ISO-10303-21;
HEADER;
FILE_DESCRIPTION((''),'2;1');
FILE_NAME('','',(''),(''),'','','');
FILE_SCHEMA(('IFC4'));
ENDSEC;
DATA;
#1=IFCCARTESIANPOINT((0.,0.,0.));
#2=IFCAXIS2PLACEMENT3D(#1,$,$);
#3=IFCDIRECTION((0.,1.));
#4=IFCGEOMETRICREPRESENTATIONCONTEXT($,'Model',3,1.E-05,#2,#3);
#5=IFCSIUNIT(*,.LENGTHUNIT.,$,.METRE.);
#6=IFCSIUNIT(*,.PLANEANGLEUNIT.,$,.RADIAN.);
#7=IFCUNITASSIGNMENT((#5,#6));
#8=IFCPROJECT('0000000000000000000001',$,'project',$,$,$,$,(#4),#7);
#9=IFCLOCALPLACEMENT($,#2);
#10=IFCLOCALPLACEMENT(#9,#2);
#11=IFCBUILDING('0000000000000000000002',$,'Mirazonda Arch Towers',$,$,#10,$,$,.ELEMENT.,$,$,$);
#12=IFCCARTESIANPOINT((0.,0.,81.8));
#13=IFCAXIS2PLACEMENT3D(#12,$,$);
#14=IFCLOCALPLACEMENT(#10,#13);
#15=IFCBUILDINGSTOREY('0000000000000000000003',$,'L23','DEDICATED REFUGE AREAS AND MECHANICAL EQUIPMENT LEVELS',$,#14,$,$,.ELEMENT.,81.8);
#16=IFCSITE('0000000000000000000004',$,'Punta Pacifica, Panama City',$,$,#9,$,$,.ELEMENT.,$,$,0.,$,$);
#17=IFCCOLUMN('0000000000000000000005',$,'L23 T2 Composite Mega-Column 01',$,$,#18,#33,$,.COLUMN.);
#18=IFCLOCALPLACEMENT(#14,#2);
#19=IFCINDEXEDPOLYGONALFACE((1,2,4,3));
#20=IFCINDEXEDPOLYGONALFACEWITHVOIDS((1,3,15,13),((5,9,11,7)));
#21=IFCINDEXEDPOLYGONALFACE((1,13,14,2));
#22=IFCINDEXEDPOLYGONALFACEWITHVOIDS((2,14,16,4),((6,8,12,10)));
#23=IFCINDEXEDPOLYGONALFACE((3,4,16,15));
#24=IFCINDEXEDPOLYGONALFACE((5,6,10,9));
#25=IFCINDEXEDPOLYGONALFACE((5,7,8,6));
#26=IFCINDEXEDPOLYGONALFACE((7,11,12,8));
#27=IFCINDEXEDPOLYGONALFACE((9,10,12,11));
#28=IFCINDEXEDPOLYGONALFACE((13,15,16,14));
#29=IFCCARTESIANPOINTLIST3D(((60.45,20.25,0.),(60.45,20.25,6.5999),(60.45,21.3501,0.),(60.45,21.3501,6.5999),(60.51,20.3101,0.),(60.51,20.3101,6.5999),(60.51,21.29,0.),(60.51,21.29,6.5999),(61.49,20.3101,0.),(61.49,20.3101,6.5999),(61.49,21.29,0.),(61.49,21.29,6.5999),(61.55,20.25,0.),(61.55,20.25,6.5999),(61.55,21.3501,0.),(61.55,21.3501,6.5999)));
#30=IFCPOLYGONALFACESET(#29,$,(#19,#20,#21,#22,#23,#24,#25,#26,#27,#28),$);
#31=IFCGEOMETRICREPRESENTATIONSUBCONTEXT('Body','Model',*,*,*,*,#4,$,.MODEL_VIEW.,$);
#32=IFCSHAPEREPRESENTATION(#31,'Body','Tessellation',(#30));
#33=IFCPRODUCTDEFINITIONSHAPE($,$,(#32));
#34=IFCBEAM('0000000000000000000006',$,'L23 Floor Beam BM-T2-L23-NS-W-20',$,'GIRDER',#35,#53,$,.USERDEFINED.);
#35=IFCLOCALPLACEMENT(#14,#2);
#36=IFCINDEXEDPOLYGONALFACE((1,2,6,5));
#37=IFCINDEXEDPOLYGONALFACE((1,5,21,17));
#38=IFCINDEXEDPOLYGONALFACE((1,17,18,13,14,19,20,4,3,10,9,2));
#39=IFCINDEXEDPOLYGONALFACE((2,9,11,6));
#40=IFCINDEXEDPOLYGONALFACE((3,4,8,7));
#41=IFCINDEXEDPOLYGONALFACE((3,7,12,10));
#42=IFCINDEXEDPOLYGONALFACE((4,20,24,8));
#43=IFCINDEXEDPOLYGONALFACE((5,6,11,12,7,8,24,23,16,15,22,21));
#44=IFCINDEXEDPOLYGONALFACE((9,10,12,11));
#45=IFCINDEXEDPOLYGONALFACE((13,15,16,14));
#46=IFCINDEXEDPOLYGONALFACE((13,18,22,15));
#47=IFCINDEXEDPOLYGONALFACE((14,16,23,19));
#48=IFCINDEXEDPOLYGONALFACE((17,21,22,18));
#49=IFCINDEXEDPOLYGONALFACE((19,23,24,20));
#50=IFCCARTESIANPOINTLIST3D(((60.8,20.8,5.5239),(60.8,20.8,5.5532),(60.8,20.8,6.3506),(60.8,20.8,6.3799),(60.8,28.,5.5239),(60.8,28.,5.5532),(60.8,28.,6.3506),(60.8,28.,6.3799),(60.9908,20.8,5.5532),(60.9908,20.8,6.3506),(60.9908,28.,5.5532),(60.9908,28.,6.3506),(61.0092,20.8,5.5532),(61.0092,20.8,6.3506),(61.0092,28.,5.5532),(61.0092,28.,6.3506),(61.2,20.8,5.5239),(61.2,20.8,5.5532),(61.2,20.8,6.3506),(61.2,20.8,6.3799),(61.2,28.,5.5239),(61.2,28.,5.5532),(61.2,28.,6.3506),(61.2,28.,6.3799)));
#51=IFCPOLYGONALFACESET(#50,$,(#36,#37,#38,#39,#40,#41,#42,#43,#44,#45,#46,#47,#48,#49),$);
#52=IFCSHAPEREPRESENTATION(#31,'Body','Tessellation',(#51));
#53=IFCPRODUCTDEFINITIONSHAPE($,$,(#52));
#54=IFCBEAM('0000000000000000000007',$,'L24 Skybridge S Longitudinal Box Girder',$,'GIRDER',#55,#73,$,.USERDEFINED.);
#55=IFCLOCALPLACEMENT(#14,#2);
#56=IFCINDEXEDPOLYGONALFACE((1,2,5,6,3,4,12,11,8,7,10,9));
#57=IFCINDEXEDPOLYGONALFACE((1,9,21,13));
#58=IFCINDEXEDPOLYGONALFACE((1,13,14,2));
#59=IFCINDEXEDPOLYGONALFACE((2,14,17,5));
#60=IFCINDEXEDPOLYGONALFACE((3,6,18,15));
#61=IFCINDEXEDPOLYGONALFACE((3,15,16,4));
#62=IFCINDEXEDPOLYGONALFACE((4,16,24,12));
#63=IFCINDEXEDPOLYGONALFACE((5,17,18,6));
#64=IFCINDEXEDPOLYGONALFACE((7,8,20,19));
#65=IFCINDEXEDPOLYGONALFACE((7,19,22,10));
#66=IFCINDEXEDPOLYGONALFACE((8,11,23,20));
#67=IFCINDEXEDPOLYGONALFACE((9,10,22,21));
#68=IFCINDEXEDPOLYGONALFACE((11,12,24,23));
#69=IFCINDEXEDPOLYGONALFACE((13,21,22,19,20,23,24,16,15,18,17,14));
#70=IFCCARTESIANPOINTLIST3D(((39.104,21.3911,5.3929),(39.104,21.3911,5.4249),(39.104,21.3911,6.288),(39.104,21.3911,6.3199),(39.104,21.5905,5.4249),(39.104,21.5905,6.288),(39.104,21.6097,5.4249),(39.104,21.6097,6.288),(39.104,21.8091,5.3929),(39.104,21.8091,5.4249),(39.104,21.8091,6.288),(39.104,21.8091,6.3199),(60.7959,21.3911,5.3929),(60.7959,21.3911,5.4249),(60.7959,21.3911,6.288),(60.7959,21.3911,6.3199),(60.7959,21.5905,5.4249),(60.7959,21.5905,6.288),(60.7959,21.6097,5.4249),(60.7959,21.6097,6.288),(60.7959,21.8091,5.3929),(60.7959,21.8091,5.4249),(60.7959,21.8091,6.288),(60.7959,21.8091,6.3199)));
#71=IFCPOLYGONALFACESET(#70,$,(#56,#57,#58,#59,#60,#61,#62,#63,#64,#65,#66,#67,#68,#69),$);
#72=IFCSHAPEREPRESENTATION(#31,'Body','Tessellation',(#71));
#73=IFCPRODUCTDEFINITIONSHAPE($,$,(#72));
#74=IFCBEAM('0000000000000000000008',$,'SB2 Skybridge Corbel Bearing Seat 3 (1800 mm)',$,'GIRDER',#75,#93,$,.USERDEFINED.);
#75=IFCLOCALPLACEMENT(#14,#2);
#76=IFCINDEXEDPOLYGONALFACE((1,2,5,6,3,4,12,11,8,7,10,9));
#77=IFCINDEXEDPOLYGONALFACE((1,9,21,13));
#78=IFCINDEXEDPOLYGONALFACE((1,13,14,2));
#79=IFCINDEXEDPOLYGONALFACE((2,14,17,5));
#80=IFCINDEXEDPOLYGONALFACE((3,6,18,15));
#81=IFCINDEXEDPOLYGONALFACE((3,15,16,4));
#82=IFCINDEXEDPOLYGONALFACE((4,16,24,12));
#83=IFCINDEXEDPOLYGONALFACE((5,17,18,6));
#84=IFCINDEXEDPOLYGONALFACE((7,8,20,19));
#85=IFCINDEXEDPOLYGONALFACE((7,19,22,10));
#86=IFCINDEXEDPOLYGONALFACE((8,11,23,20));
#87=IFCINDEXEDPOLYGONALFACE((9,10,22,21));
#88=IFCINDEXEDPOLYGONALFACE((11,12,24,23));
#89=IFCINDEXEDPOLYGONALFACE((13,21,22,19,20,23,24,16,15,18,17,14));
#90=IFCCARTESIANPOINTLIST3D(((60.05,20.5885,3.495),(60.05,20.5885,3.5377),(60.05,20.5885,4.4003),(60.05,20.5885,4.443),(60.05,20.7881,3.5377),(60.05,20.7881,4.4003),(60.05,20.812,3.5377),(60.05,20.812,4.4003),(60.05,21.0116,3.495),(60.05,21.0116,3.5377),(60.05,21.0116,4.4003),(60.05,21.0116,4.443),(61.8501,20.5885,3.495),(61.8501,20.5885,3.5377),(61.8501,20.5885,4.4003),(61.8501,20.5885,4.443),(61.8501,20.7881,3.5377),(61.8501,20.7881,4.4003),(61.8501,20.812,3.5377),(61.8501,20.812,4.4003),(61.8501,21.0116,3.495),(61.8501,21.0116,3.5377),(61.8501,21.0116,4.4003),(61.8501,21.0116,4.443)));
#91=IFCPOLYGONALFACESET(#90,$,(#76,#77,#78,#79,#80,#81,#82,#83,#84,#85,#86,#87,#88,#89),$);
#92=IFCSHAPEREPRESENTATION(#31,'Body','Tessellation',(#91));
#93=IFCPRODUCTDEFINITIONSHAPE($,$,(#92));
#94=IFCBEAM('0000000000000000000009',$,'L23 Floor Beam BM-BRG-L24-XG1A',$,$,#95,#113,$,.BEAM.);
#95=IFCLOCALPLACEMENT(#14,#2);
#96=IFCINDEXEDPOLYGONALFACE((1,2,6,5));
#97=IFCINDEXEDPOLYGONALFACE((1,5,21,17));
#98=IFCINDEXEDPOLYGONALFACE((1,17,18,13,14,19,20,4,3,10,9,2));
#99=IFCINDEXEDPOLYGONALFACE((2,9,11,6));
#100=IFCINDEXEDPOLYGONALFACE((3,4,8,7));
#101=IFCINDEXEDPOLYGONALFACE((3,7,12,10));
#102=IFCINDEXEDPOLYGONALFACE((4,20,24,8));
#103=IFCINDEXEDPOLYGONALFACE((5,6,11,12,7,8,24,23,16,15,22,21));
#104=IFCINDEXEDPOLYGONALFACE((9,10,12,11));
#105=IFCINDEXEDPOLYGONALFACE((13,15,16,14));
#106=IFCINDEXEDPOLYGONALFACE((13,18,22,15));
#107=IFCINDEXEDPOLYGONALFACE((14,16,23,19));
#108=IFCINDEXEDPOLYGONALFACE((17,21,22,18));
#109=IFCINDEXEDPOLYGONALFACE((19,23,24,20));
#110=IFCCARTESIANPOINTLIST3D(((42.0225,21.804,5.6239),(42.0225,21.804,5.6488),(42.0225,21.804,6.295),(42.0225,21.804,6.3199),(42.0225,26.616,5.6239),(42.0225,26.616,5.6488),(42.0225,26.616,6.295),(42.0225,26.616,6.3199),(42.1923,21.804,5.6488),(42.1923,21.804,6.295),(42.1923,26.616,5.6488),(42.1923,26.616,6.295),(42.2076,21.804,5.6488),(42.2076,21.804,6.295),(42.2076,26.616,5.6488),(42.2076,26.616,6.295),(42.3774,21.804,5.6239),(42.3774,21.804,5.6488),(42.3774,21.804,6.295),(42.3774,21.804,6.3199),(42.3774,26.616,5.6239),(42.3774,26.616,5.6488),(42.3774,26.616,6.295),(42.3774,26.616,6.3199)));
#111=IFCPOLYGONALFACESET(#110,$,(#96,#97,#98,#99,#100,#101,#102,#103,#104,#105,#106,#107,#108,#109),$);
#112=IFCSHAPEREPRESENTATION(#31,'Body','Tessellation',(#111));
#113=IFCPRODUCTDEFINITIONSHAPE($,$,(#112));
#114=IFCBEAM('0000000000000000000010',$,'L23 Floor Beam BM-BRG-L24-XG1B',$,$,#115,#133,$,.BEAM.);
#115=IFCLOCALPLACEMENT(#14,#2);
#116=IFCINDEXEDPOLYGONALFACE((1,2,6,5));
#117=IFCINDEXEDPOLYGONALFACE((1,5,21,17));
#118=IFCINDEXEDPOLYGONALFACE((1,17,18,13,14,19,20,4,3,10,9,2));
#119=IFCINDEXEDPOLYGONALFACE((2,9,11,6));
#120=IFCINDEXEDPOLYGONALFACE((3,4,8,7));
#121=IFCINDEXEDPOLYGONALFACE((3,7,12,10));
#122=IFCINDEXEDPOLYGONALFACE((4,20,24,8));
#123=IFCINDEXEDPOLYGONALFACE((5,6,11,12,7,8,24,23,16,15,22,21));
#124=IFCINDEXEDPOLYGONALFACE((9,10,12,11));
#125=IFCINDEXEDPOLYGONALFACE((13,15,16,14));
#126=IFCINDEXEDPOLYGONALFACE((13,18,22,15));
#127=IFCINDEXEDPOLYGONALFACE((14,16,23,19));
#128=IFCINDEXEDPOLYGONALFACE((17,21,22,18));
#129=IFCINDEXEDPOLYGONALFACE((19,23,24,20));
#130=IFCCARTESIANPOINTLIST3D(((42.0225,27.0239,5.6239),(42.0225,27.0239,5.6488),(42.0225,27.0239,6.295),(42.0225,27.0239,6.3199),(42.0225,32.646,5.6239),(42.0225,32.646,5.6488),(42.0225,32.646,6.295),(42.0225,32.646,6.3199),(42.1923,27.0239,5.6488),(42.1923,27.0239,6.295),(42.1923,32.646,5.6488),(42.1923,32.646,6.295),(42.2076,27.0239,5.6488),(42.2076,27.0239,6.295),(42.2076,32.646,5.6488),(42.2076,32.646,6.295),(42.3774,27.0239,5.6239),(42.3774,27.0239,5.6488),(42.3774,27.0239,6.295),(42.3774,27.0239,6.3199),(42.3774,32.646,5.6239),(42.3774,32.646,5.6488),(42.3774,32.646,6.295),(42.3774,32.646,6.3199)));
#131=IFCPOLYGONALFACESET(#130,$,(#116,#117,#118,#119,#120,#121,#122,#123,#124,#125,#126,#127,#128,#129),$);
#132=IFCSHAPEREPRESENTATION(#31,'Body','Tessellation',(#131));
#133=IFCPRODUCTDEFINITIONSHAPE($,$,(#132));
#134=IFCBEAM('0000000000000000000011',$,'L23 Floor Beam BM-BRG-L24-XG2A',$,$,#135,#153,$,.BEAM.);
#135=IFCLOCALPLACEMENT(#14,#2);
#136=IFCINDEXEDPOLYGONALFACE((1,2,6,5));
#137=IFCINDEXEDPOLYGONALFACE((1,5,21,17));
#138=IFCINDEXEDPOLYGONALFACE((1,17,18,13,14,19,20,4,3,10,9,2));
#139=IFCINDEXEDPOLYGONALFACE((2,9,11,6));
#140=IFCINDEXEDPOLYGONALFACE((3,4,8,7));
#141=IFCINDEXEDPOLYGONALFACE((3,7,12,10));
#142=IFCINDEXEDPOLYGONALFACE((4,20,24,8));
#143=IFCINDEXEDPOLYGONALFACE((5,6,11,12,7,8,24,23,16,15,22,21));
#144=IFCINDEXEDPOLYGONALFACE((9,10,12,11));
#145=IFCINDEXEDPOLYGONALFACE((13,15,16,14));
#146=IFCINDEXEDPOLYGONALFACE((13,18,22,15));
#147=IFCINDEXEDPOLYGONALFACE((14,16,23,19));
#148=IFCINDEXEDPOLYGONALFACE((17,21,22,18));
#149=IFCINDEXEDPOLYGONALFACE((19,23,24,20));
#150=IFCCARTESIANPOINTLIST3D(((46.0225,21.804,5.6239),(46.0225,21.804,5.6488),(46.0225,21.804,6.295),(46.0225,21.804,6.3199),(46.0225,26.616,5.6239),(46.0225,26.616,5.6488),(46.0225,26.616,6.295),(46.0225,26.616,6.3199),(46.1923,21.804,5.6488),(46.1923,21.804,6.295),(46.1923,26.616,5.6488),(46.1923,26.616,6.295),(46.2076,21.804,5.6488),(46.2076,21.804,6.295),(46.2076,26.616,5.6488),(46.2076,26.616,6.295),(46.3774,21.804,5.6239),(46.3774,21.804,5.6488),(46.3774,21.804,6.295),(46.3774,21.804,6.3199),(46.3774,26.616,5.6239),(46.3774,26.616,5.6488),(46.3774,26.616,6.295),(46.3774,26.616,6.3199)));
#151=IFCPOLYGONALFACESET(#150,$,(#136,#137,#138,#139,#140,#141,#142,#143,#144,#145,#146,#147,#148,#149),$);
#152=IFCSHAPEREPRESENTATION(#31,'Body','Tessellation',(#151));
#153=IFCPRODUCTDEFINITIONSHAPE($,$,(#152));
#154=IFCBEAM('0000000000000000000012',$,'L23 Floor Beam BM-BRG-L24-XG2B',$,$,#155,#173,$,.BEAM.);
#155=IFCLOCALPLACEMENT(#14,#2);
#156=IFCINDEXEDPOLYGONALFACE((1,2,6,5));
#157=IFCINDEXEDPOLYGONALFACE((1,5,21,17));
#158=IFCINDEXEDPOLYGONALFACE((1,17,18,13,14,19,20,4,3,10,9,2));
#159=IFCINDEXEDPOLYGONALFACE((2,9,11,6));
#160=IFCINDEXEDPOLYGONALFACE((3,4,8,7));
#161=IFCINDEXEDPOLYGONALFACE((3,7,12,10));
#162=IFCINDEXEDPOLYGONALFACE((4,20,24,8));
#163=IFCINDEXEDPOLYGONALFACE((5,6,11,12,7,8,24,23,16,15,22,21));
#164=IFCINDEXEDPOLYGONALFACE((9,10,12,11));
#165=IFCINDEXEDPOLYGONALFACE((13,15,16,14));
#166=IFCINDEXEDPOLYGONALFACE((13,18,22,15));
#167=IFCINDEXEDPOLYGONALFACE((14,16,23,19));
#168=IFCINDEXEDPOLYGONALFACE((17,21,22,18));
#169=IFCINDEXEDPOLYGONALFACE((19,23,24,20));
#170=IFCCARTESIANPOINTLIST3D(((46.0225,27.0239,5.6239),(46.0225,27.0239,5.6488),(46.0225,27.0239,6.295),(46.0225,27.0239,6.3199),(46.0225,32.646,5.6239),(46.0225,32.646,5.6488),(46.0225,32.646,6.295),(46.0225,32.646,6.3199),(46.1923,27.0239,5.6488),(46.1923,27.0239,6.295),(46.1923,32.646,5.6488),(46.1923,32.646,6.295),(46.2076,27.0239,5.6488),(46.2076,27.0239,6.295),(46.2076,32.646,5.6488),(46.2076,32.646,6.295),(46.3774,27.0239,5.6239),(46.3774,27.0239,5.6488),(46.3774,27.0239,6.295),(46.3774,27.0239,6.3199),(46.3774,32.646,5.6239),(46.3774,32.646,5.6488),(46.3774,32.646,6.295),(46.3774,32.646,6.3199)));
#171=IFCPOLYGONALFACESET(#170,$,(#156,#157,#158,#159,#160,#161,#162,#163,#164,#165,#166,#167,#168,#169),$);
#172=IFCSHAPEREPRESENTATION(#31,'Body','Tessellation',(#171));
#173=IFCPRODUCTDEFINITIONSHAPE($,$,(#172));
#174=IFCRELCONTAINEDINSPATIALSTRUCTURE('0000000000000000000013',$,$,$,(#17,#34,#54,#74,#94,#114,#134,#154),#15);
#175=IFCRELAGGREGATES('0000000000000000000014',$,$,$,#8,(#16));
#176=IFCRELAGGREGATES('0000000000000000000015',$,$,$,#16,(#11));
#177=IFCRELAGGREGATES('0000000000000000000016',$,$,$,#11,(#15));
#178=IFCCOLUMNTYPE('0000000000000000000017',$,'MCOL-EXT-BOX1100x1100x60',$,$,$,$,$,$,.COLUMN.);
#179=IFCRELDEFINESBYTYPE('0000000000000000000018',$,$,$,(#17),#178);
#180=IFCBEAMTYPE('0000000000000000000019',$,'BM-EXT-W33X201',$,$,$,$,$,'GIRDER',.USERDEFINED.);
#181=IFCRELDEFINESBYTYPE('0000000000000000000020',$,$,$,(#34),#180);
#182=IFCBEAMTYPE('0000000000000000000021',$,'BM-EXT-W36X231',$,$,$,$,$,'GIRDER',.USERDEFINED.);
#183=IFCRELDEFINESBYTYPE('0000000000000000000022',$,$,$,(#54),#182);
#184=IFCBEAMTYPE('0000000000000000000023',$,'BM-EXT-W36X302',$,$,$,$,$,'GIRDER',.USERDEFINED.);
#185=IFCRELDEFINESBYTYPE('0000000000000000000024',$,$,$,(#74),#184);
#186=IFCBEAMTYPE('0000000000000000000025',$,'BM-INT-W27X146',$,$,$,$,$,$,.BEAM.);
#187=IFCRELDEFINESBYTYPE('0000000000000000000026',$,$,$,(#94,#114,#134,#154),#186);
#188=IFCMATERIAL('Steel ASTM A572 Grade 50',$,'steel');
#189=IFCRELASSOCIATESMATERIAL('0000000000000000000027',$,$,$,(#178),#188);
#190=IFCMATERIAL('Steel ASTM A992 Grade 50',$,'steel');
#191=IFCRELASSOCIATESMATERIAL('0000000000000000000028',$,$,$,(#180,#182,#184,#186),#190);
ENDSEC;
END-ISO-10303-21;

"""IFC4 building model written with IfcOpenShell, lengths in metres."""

from ifc_helpers import new_model, si_unit, direction, frame, origin, origin_2d, place, context, subcontext, project, spatial, hollow_rectangle, i_section, extrude, material, material_profile, profile_set, type_object, element, save


model = new_model("IFC4")

# Units and contexts
model_context = context("Model", 3, precision=1e-05, world=origin(), true_north=direction((0.0, 1.0)))
body_context = subcontext(model_context, "Body", "Model", "MODEL_VIEW")
ifc_project = project(units=[si_unit("LENGTHUNIT", "METRE"), si_unit("PLANEANGLEUNIT", "RADIAN")], contexts=[model_context])

# Site, building, storey
site_placement = place(None, origin())
site = spatial("IfcSite", under=ifc_project, at=site_placement, Name="Punta Pacifica, Panama City", CompositionType="ELEMENT", RefElevation=0.0)
building_placement = place(site_placement, origin())
building = spatial("IfcBuilding", under=site, at=building_placement, Name="Mirazonda Arch Towers", CompositionType="ELEMENT")
storey_placement = place(building_placement, frame((0.0, 0.0, 81.8)))
storey = spatial("IfcBuildingStorey", under=building, at=storey_placement, Name="L23", Description="DEDICATED REFUGE AREAS AND MECHANICAL EQUIPMENT LEVELS", CompositionType="ELEMENT", Elevation=81.8)

# Column
ifc_material_1 = material(Name="Steel ASTM A572 Grade 50", Category="steel")
ifc_material_profile_1 = material_profile(ifc_material_1, hollow_rectangle(XDim=1.1001, YDim=1.1001, WallThickness=0.0601, at=origin_2d()), Name="BOX1100x1100x60")
ifc_profile_set_1 = profile_set([ifc_material_profile_1], Name="Steel ASTM A572 Grade 50")
column_type = type_object("IfcColumnType", Name="MCOL-EXT-BOX1100x1100x60", PredefinedType="COLUMN", material=ifc_profile_set_1)
column_placement = place(storey_placement, frame((61.0, 20.8, 0.0), z_axis=(0.0, 0.0, 1.0), x_axis=(1.0, 0.0, 0.0)))
element("IfcColumn", 1, at=column_placement, inside=storey, type_object=column_type, Name="L23 T2 Composite Mega-Column 01", PredefinedType="COLUMN", context=body_context, shape_type="SweptSolid", body=[
    extrude(hollow_rectangle(XDim=1.1001, YDim=1.1001, WallThickness=0.0601, at=origin_2d()), origin(), (0.0, 0.0, 1.0), 6.5999),
])

# Beams
ifc_material_2 = material(Name="Steel ASTM A992 Grade 50", Category="steel")
ifc_material_profile_2 = material_profile(ifc_material_2, i_section(OverallWidth=0.3999, OverallDepth=0.856, WebThickness=0.0183, FlangeThickness=0.0293, at=origin_2d()), Name="W33X201")
ifc_profile_set_2 = profile_set([ifc_material_profile_2], Name="Steel ASTM A992 Grade 50")
beam_type_1 = type_object("IfcBeamType", Name="BM-EXT-W33X201", ElementType="GIRDER", PredefinedType="USERDEFINED", material=ifc_profile_set_2)
beam_1_placement = place(storey_placement, frame((61.0, 20.8, 5.9519), z_axis=(0.0, 1.0, 0.0), x_axis=(-1.0, 0.0, 0.0)))
element("IfcBeam", 2, at=beam_1_placement, inside=storey, type_object=beam_type_1, Name="L23 Floor Beam BM-T2-L23-NS-W-20", ObjectType="GIRDER", PredefinedType="USERDEFINED", context=body_context, shape_type="SweptSolid", body=[
    extrude(i_section(OverallWidth=0.3999, OverallDepth=0.856, WebThickness=0.0183, FlangeThickness=0.0293, at=origin_2d()), origin(), (0.0, 0.0, 1.0), 7.2),
])
ifc_material_profile_3 = material_profile(ifc_material_2, i_section(OverallWidth=0.418, OverallDepth=0.927, WebThickness=0.0193, FlangeThickness=0.032, at=origin_2d()), Name="W36X231")
ifc_profile_set_3 = profile_set([ifc_material_profile_3], Name="Steel ASTM A992 Grade 50")
beam_type_2 = type_object("IfcBeamType", Name="BM-EXT-W36X231", ElementType="GIRDER", PredefinedType="USERDEFINED", material=ifc_profile_set_3)
beam_2_placement = place(storey_placement, frame((39.104, 21.6001, 5.8564), z_axis=(1.0, 0.0, 0.0), x_axis=(0.0, 1.0, 0.0)))
element("IfcBeam", 3, at=beam_2_placement, inside=storey, type_object=beam_type_2, Name="L24 Skybridge S Longitudinal Box Girder", ObjectType="GIRDER", PredefinedType="USERDEFINED", context=body_context, shape_type="SweptSolid", body=[
    extrude(i_section(OverallWidth=0.418, OverallDepth=0.927, WebThickness=0.0193, FlangeThickness=0.032, at=origin_2d()), origin(), (0.0, 0.0, 1.0), 21.6919),
])
ifc_material_profile_4 = material_profile(ifc_material_2, i_section(OverallWidth=0.4231, OverallDepth=0.948, WebThickness=0.0239, FlangeThickness=0.0427, at=origin_2d()), Name="W36X302")
ifc_profile_set_4 = profile_set([ifc_material_profile_4], Name="Steel ASTM A992 Grade 50")
beam_type_3 = type_object("IfcBeamType", Name="BM-EXT-W36X302", ElementType="GIRDER", PredefinedType="USERDEFINED", material=ifc_profile_set_4)
beam_3_placement = place(storey_placement, frame((60.05, 20.8, 3.969), z_axis=(1.0, 0.0, 0.0), x_axis=(0.0, 1.0, 0.0)))
element("IfcBeam", 4, at=beam_3_placement, inside=storey, type_object=beam_type_3, Name="SB2 Skybridge Corbel Bearing Seat 3 (1800 mm)", ObjectType="GIRDER", PredefinedType="USERDEFINED", context=body_context, shape_type="SweptSolid", body=[
    extrude(i_section(OverallWidth=0.4231, OverallDepth=0.948, WebThickness=0.0239, FlangeThickness=0.0427, at=origin_2d()), origin(), (0.0, 0.0, 1.0), 1.8),
])
ifc_material_profile_5 = material_profile(ifc_material_2, i_section(OverallWidth=0.355, OverallDepth=0.696, WebThickness=0.0154, FlangeThickness=0.0249, at=origin_2d()), Name="W27X146")
ifc_profile_set_5 = profile_set([ifc_material_profile_5], Name="Steel ASTM A992 Grade 50")
beam_type_4 = type_object("IfcBeamType", Name="BM-INT-W27X146", PredefinedType="BEAM", material=ifc_profile_set_5)
beam_4_placement = place(storey_placement, frame((42.2, 21.804, 5.9719), z_axis=(0.0, 1.0, 0.0), x_axis=(-1.0, 0.0, 0.0)))
element("IfcBeam", 5, at=beam_4_placement, inside=storey, type_object=beam_type_4, Name="L23 Floor Beam BM-BRG-L24-XG1A", PredefinedType="BEAM", context=body_context, shape_type="SweptSolid", body=[
    extrude(i_section(OverallWidth=0.355, OverallDepth=0.696, WebThickness=0.0154, FlangeThickness=0.0249, at=origin_2d()), origin(), (0.0, 0.0, 1.0), 4.812),
])
beam_5_placement = place(storey_placement, frame((42.2, 27.0239, 5.9719), z_axis=(0.0, 1.0, 0.0), x_axis=(-1.0, 0.0, 0.0)))
element("IfcBeam", 6, at=beam_5_placement, inside=storey, type_object=beam_type_4, Name="L23 Floor Beam BM-BRG-L24-XG1B", PredefinedType="BEAM", context=body_context, shape_type="SweptSolid", body=[
    extrude(i_section(OverallWidth=0.355, OverallDepth=0.696, WebThickness=0.0154, FlangeThickness=0.0249, at=origin_2d()), origin(), (0.0, 0.0, 1.0), 5.6221),
])
beam_6_placement = place(storey_placement, frame((46.2, 21.804, 5.9719), z_axis=(0.0, 1.0, 0.0), x_axis=(-1.0, 0.0, 0.0)))
element("IfcBeam", 7, at=beam_6_placement, inside=storey, type_object=beam_type_4, Name="L23 Floor Beam BM-BRG-L24-XG2A", PredefinedType="BEAM", context=body_context, shape_type="SweptSolid", body=[
    extrude(i_section(OverallWidth=0.355, OverallDepth=0.696, WebThickness=0.0154, FlangeThickness=0.0249, at=origin_2d()), origin(), (0.0, 0.0, 1.0), 4.812),
])
beam_7_placement = place(storey_placement, frame((46.2, 27.0239, 5.9719), z_axis=(0.0, 1.0, 0.0), x_axis=(-1.0, 0.0, 0.0)))
element("IfcBeam", 8, at=beam_7_placement, inside=storey, type_object=beam_type_4, Name="L23 Floor Beam BM-BRG-L24-XG2B", PredefinedType="BEAM", context=body_context, shape_type="SweptSolid", body=[
    extrude(i_section(OverallWidth=0.355, OverallDepth=0.696, WebThickness=0.0154, FlangeThickness=0.0249, at=origin_2d()), origin(), (0.0, 0.0, 1.0), 5.6221),
])

save(model, "model.ifc")
